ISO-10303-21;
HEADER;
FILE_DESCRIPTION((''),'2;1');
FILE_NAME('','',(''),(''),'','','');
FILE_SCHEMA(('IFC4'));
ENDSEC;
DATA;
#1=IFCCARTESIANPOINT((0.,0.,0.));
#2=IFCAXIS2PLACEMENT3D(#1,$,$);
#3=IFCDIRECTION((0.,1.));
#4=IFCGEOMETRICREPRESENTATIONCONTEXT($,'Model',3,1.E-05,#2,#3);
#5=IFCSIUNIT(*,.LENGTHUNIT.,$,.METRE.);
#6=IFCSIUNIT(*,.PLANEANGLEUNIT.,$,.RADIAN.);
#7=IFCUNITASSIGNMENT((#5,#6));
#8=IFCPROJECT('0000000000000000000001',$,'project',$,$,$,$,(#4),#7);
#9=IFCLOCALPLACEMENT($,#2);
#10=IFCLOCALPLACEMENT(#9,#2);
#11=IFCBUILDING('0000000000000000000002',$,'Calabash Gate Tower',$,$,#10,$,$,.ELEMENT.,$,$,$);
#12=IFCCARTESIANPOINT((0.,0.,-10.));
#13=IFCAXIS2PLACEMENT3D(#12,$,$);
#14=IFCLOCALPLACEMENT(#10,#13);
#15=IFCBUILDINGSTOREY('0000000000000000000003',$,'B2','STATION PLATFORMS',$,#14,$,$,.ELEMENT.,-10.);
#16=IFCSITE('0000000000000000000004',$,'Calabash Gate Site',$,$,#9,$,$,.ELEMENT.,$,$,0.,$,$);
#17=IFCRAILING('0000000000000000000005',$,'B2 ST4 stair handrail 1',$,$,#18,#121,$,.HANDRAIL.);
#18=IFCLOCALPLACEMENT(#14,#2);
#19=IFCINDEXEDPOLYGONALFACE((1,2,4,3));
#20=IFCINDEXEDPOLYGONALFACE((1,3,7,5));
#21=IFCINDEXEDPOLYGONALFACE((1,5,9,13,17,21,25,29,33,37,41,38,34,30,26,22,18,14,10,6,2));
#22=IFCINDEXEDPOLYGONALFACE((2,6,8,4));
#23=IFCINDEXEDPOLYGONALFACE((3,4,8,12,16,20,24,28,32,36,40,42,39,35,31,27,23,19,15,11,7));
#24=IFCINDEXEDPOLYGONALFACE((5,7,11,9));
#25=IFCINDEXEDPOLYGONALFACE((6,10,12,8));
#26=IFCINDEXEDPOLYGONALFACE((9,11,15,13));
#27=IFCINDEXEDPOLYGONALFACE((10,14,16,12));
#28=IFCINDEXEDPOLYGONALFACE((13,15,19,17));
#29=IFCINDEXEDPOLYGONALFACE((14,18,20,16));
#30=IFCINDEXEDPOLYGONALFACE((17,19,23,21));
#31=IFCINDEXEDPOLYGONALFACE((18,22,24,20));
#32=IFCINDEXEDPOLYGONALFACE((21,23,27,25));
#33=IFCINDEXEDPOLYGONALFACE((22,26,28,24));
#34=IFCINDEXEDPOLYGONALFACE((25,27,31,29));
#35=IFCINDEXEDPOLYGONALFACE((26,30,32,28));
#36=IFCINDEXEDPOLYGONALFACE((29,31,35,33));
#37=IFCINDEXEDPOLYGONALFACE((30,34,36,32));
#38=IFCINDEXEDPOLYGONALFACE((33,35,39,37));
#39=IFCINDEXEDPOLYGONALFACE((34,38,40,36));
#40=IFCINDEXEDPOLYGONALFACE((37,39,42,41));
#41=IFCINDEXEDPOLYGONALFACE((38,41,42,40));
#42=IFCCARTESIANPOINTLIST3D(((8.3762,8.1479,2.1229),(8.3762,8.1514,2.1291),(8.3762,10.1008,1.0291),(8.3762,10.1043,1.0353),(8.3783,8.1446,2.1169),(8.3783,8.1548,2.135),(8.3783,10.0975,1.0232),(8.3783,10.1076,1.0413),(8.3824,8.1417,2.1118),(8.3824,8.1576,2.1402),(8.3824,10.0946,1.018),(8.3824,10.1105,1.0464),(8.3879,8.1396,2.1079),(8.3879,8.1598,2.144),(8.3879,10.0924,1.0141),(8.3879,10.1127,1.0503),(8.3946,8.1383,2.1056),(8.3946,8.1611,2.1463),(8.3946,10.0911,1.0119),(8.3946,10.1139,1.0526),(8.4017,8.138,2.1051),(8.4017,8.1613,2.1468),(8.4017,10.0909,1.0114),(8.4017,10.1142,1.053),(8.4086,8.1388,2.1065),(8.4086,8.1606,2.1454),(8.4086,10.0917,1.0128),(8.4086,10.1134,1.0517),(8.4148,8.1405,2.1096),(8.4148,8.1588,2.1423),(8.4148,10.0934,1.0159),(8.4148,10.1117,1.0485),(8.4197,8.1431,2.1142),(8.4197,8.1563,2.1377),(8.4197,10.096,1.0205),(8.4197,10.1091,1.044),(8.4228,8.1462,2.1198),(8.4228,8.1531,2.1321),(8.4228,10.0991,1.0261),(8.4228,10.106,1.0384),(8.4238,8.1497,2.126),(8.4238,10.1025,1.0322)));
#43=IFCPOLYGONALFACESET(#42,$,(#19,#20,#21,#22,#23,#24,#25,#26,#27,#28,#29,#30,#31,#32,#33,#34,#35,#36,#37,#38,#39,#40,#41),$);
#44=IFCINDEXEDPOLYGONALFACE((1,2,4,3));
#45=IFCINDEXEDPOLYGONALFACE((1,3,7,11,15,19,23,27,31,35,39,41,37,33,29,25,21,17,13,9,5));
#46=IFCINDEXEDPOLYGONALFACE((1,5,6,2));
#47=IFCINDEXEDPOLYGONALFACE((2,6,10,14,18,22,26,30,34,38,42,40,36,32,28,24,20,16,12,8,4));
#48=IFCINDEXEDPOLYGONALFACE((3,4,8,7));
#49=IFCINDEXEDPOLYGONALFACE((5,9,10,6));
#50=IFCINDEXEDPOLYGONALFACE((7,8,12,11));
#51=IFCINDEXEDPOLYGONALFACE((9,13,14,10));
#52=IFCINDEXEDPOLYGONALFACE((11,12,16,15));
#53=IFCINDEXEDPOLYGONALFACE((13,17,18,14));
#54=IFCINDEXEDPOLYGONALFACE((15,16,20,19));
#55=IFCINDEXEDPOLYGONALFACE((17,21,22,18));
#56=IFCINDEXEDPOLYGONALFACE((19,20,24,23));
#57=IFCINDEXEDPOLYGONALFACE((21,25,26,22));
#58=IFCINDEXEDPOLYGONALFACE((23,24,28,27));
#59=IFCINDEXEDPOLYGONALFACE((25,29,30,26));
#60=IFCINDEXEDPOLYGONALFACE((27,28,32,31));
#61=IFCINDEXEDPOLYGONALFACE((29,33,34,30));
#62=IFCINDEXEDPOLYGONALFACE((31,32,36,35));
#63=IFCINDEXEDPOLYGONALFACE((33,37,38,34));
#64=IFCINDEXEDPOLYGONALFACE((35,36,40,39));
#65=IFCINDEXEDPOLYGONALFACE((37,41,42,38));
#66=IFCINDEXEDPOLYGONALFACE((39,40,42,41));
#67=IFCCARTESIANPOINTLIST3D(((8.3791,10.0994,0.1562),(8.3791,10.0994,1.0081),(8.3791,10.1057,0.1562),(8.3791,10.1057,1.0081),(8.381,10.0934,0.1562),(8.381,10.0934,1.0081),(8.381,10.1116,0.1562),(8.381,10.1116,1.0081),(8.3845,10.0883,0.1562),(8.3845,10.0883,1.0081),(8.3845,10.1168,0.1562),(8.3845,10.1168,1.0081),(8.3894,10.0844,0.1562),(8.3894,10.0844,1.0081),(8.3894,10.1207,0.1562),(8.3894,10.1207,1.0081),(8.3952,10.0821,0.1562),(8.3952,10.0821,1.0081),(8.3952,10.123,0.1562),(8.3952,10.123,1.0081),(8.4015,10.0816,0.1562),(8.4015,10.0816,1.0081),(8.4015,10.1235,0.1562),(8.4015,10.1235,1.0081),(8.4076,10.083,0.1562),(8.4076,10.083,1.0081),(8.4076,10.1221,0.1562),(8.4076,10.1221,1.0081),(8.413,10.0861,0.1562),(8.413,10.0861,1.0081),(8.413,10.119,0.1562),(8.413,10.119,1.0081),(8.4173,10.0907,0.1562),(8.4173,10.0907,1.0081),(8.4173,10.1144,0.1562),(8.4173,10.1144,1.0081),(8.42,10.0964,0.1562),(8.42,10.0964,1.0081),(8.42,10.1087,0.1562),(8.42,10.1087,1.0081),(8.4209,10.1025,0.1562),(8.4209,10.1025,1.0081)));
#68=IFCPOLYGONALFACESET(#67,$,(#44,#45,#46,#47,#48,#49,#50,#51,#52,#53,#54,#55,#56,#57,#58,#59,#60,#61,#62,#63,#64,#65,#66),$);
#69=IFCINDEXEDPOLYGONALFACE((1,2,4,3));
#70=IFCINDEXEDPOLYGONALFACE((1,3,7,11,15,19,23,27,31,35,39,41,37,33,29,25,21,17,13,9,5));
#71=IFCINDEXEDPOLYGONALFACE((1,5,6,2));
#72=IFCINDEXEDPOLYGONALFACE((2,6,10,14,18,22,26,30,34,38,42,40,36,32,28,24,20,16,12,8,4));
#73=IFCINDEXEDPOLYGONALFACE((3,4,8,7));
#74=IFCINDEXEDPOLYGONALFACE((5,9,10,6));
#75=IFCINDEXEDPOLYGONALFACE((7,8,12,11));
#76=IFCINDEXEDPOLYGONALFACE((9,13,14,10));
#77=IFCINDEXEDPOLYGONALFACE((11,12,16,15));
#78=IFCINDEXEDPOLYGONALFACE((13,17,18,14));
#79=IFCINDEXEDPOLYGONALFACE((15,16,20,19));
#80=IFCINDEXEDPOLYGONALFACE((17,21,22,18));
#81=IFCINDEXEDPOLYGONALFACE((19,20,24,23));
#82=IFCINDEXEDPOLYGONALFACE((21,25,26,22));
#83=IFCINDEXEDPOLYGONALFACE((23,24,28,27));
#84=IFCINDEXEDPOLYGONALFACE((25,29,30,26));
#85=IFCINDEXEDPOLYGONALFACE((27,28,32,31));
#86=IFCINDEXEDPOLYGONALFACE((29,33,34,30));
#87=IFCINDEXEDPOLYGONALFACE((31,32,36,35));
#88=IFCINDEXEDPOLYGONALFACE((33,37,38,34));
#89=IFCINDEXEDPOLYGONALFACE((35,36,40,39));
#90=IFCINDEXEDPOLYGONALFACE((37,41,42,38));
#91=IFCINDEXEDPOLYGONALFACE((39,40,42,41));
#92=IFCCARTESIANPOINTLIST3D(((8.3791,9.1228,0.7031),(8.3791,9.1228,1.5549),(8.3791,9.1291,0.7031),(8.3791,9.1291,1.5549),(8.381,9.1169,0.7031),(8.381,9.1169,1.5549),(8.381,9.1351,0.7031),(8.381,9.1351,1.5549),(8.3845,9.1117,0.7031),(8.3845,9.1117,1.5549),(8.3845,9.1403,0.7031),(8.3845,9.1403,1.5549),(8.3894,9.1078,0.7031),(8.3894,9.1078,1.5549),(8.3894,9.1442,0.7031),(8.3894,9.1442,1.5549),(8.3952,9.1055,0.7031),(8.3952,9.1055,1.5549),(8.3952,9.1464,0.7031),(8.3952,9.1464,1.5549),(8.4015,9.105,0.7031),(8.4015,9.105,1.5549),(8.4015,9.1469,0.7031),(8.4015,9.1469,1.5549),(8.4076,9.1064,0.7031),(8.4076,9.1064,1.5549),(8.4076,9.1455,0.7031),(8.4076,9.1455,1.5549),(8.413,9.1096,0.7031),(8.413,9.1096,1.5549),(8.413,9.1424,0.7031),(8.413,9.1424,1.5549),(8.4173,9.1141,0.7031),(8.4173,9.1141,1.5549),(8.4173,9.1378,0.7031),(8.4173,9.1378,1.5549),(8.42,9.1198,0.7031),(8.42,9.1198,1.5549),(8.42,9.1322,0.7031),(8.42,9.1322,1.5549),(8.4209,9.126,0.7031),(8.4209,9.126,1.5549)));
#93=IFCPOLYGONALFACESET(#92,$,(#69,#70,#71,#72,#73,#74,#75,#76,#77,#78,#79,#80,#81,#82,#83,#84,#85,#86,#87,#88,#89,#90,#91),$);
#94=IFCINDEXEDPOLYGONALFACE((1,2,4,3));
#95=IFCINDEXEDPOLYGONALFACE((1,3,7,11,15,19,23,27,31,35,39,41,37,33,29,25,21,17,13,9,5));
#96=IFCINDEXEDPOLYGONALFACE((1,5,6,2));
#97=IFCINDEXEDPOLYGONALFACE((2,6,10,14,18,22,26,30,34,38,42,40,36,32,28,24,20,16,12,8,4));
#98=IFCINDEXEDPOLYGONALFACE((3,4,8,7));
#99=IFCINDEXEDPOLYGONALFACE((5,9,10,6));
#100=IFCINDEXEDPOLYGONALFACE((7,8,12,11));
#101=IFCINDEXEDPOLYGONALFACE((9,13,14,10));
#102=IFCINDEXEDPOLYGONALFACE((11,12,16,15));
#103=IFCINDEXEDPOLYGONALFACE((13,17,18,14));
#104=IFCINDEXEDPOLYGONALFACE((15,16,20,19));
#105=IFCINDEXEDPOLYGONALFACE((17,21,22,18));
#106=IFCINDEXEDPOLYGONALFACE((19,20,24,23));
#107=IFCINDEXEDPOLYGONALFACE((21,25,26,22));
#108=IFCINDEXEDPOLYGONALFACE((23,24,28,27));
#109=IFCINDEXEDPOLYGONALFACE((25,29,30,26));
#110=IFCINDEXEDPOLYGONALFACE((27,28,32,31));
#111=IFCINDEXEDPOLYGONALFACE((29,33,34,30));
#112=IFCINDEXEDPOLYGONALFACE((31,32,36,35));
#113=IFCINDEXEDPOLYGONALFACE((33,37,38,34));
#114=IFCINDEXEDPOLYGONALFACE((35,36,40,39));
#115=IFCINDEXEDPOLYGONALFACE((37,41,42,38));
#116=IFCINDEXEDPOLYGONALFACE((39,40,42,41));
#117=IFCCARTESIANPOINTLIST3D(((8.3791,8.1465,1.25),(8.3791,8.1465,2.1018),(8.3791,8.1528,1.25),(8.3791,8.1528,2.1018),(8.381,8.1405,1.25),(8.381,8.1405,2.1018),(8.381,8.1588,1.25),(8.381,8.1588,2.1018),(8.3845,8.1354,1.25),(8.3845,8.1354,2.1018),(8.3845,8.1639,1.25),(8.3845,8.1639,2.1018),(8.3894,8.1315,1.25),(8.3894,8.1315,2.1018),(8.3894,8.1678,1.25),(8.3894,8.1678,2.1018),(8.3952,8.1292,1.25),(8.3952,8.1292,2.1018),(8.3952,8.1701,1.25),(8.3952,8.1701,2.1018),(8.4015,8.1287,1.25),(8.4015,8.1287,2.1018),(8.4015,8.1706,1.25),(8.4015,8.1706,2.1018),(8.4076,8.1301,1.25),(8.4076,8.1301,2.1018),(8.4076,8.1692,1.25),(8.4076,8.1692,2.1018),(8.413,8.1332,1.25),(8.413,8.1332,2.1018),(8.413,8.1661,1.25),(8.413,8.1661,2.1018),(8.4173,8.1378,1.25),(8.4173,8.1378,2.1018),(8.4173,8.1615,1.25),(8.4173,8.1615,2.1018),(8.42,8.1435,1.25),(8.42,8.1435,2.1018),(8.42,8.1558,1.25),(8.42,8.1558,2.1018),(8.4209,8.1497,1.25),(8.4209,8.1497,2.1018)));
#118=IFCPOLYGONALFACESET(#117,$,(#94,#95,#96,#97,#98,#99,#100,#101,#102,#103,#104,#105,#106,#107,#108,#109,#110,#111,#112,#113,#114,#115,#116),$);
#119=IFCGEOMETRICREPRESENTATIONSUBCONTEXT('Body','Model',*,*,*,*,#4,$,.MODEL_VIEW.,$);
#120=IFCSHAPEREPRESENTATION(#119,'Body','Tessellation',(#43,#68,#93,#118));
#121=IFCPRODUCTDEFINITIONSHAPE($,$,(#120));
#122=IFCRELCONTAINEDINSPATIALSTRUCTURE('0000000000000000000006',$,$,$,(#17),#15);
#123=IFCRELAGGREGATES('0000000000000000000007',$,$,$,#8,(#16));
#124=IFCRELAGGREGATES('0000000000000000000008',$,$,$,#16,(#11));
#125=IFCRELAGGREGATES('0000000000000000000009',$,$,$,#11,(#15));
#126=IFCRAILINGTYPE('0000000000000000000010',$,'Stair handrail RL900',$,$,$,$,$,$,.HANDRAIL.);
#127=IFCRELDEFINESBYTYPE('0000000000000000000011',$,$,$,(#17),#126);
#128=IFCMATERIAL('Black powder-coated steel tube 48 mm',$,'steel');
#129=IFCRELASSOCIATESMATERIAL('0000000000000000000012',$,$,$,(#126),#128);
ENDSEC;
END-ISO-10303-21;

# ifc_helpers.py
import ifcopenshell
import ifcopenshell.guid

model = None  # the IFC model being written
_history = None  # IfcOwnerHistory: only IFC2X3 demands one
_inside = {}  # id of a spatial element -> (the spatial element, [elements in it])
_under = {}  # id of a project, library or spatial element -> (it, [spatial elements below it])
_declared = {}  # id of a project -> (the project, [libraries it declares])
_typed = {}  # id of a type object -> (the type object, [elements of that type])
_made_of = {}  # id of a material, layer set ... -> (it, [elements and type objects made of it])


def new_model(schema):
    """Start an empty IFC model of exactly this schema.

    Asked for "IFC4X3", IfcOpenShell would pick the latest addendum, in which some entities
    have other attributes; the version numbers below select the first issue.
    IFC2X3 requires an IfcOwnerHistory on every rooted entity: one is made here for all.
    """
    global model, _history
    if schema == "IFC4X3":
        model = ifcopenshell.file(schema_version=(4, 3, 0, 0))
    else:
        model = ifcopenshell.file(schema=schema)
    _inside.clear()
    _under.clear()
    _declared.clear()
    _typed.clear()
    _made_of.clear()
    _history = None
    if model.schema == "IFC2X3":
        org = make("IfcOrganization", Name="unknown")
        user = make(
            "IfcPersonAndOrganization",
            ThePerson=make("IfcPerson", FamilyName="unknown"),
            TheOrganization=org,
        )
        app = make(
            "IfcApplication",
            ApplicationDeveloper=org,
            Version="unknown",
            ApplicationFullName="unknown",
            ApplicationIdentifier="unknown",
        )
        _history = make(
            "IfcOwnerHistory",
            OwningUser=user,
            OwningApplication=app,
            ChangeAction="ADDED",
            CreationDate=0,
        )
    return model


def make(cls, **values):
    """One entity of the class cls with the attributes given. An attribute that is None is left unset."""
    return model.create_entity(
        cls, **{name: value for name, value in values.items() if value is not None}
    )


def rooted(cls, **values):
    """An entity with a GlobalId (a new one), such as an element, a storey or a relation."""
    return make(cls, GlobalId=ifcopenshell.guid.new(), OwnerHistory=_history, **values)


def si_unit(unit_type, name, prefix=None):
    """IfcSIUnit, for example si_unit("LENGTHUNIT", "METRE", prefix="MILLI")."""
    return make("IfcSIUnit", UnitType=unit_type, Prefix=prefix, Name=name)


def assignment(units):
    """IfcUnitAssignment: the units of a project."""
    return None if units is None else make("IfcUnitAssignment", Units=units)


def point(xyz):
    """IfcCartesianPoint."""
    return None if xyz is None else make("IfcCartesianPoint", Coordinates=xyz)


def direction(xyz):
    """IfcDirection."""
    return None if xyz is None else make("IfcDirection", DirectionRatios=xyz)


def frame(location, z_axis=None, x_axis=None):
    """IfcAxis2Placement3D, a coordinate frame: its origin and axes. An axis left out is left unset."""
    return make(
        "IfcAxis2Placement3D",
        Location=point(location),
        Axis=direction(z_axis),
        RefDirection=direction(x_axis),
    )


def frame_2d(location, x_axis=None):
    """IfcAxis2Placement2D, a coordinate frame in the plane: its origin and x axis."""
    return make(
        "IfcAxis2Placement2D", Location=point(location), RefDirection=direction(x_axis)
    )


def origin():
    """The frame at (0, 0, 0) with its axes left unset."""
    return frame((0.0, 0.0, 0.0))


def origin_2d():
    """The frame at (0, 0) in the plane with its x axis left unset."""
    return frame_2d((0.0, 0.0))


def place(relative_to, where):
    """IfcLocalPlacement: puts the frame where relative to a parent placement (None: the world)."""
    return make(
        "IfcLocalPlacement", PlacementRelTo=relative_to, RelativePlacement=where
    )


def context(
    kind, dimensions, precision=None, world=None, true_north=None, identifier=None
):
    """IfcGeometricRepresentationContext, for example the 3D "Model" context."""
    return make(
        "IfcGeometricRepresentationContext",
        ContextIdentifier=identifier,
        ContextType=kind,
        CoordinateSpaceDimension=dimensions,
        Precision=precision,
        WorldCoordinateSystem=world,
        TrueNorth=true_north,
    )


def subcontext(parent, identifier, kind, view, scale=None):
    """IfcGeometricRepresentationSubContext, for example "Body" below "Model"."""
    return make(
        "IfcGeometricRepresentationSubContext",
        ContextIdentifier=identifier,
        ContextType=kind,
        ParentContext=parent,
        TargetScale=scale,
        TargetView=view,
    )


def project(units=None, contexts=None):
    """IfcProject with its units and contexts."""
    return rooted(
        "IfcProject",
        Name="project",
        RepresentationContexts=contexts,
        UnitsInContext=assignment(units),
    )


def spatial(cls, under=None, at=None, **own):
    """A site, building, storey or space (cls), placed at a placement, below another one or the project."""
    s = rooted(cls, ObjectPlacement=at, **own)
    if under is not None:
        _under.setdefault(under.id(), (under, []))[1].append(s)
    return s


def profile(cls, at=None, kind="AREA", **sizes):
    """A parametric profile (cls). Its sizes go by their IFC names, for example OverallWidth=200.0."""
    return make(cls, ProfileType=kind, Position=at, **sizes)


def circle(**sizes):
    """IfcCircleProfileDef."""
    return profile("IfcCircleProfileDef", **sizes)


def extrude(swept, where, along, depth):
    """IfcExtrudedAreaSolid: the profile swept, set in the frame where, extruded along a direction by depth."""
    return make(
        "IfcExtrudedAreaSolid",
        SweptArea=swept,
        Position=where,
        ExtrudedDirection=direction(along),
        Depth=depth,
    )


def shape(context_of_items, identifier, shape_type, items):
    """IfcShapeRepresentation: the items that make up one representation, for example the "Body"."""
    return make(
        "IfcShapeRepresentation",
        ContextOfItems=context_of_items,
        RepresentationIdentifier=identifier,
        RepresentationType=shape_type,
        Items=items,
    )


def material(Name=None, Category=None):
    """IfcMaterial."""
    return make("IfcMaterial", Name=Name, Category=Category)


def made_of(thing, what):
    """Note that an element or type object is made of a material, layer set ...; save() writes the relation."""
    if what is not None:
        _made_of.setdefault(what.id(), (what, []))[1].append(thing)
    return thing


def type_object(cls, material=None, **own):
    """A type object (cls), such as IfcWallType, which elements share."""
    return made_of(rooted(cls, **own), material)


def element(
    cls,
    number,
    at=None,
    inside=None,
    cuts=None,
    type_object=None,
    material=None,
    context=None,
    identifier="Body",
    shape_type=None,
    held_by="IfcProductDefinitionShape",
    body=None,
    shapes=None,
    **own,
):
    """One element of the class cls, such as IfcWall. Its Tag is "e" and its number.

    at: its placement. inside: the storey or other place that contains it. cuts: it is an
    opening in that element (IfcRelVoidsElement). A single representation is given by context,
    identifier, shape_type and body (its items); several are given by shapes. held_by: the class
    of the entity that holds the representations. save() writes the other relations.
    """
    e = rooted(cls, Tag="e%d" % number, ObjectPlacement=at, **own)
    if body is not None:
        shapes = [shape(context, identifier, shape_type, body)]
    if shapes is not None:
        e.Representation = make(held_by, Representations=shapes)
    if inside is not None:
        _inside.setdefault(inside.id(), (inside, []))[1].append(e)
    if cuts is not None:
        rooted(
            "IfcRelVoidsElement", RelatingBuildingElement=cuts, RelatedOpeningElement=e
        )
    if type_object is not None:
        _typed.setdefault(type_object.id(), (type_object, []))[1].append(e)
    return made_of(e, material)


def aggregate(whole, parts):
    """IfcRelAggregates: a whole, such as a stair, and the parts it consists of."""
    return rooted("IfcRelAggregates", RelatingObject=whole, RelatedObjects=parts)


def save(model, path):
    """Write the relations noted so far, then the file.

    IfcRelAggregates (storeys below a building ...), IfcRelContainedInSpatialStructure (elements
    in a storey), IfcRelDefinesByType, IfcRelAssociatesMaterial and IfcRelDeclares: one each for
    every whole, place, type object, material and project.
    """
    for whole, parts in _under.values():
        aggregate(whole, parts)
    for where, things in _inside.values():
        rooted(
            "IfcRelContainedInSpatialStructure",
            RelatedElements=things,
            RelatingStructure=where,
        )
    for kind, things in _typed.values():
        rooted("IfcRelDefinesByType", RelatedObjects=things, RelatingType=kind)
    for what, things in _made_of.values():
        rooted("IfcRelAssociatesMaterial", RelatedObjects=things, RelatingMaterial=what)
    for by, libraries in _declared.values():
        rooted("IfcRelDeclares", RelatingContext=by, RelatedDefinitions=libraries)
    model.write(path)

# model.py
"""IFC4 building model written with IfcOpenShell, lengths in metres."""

from ifc_helpers import new_model, si_unit, direction, frame, origin, origin_2d, place, context, subcontext, project, spatial, circle, extrude, material, type_object, element, save


model = new_model("IFC4")

# Units and contexts
model_context = context("Model", 3, precision=1e-05, world=origin(), true_north=direction((0.0, 1.0)))
body_context = subcontext(model_context, "Body", "Model", "MODEL_VIEW")
ifc_project = project(units=[si_unit("LENGTHUNIT", "METRE"), si_unit("PLANEANGLEUNIT", "RADIAN")], contexts=[model_context])

# Site, building, storey
site_placement = place(None, origin())
site = spatial("IfcSite", under=ifc_project, at=site_placement, Name="Calabash Gate Site", CompositionType="ELEMENT", RefElevation=0.0)
building_placement = place(site_placement, origin())
building = spatial("IfcBuilding", under=site, at=building_placement, Name="Calabash Gate Tower", CompositionType="ELEMENT")
storey_placement = place(building_placement, frame((0.0, 0.0, -10.0)))
storey = spatial("IfcBuildingStorey", under=building, at=storey_placement, Name="B2", Description="STATION PLATFORMS", CompositionType="ELEMENT", Elevation=-10.0)

# Railing
ifc_material_1 = material(Name="Black powder-coated steel tube 48 mm", Category="steel")
railing_type_1 = type_object("IfcRailingType", Name="Stair handrail RL900", PredefinedType="HANDRAIL", material=ifc_material_1)
railing_1_placement = place(storey_placement, frame((8.3999, 10.1025, 0.1562)))
element("IfcRailing", 1, at=railing_1_placement, inside=storey, type_object=railing_type_1, Name="B2 ST4 stair handrail 1", PredefinedType="HANDRAIL", context=body_context, shape_type="SweptSolid", body=[
    extrude(circle(Radius=0.0239, at=origin_2d()), frame((0.0, 0.0, 0.876), z_axis=(0.0, -0.87248, 0.48865), x_axis=(1.0, 0.0, 0.0)), (0.0, 0.0, 1.0), 2.2383),
    extrude(circle(Radius=0.021, at=origin_2d()), origin(), (0.0, 0.0, 1.0), 0.8518),
    extrude(circle(Radius=0.021, at=origin_2d()), frame((0.0, -0.9766, 0.5469)), (0.0, 0.0, 1.0), 0.8518),
    extrude(circle(Radius=0.021, at=origin_2d()), frame((0.0, -1.9529, 1.0938)), (0.0, 0.0, 1.0), 0.8518),
])

save(model, "model.ifc")
